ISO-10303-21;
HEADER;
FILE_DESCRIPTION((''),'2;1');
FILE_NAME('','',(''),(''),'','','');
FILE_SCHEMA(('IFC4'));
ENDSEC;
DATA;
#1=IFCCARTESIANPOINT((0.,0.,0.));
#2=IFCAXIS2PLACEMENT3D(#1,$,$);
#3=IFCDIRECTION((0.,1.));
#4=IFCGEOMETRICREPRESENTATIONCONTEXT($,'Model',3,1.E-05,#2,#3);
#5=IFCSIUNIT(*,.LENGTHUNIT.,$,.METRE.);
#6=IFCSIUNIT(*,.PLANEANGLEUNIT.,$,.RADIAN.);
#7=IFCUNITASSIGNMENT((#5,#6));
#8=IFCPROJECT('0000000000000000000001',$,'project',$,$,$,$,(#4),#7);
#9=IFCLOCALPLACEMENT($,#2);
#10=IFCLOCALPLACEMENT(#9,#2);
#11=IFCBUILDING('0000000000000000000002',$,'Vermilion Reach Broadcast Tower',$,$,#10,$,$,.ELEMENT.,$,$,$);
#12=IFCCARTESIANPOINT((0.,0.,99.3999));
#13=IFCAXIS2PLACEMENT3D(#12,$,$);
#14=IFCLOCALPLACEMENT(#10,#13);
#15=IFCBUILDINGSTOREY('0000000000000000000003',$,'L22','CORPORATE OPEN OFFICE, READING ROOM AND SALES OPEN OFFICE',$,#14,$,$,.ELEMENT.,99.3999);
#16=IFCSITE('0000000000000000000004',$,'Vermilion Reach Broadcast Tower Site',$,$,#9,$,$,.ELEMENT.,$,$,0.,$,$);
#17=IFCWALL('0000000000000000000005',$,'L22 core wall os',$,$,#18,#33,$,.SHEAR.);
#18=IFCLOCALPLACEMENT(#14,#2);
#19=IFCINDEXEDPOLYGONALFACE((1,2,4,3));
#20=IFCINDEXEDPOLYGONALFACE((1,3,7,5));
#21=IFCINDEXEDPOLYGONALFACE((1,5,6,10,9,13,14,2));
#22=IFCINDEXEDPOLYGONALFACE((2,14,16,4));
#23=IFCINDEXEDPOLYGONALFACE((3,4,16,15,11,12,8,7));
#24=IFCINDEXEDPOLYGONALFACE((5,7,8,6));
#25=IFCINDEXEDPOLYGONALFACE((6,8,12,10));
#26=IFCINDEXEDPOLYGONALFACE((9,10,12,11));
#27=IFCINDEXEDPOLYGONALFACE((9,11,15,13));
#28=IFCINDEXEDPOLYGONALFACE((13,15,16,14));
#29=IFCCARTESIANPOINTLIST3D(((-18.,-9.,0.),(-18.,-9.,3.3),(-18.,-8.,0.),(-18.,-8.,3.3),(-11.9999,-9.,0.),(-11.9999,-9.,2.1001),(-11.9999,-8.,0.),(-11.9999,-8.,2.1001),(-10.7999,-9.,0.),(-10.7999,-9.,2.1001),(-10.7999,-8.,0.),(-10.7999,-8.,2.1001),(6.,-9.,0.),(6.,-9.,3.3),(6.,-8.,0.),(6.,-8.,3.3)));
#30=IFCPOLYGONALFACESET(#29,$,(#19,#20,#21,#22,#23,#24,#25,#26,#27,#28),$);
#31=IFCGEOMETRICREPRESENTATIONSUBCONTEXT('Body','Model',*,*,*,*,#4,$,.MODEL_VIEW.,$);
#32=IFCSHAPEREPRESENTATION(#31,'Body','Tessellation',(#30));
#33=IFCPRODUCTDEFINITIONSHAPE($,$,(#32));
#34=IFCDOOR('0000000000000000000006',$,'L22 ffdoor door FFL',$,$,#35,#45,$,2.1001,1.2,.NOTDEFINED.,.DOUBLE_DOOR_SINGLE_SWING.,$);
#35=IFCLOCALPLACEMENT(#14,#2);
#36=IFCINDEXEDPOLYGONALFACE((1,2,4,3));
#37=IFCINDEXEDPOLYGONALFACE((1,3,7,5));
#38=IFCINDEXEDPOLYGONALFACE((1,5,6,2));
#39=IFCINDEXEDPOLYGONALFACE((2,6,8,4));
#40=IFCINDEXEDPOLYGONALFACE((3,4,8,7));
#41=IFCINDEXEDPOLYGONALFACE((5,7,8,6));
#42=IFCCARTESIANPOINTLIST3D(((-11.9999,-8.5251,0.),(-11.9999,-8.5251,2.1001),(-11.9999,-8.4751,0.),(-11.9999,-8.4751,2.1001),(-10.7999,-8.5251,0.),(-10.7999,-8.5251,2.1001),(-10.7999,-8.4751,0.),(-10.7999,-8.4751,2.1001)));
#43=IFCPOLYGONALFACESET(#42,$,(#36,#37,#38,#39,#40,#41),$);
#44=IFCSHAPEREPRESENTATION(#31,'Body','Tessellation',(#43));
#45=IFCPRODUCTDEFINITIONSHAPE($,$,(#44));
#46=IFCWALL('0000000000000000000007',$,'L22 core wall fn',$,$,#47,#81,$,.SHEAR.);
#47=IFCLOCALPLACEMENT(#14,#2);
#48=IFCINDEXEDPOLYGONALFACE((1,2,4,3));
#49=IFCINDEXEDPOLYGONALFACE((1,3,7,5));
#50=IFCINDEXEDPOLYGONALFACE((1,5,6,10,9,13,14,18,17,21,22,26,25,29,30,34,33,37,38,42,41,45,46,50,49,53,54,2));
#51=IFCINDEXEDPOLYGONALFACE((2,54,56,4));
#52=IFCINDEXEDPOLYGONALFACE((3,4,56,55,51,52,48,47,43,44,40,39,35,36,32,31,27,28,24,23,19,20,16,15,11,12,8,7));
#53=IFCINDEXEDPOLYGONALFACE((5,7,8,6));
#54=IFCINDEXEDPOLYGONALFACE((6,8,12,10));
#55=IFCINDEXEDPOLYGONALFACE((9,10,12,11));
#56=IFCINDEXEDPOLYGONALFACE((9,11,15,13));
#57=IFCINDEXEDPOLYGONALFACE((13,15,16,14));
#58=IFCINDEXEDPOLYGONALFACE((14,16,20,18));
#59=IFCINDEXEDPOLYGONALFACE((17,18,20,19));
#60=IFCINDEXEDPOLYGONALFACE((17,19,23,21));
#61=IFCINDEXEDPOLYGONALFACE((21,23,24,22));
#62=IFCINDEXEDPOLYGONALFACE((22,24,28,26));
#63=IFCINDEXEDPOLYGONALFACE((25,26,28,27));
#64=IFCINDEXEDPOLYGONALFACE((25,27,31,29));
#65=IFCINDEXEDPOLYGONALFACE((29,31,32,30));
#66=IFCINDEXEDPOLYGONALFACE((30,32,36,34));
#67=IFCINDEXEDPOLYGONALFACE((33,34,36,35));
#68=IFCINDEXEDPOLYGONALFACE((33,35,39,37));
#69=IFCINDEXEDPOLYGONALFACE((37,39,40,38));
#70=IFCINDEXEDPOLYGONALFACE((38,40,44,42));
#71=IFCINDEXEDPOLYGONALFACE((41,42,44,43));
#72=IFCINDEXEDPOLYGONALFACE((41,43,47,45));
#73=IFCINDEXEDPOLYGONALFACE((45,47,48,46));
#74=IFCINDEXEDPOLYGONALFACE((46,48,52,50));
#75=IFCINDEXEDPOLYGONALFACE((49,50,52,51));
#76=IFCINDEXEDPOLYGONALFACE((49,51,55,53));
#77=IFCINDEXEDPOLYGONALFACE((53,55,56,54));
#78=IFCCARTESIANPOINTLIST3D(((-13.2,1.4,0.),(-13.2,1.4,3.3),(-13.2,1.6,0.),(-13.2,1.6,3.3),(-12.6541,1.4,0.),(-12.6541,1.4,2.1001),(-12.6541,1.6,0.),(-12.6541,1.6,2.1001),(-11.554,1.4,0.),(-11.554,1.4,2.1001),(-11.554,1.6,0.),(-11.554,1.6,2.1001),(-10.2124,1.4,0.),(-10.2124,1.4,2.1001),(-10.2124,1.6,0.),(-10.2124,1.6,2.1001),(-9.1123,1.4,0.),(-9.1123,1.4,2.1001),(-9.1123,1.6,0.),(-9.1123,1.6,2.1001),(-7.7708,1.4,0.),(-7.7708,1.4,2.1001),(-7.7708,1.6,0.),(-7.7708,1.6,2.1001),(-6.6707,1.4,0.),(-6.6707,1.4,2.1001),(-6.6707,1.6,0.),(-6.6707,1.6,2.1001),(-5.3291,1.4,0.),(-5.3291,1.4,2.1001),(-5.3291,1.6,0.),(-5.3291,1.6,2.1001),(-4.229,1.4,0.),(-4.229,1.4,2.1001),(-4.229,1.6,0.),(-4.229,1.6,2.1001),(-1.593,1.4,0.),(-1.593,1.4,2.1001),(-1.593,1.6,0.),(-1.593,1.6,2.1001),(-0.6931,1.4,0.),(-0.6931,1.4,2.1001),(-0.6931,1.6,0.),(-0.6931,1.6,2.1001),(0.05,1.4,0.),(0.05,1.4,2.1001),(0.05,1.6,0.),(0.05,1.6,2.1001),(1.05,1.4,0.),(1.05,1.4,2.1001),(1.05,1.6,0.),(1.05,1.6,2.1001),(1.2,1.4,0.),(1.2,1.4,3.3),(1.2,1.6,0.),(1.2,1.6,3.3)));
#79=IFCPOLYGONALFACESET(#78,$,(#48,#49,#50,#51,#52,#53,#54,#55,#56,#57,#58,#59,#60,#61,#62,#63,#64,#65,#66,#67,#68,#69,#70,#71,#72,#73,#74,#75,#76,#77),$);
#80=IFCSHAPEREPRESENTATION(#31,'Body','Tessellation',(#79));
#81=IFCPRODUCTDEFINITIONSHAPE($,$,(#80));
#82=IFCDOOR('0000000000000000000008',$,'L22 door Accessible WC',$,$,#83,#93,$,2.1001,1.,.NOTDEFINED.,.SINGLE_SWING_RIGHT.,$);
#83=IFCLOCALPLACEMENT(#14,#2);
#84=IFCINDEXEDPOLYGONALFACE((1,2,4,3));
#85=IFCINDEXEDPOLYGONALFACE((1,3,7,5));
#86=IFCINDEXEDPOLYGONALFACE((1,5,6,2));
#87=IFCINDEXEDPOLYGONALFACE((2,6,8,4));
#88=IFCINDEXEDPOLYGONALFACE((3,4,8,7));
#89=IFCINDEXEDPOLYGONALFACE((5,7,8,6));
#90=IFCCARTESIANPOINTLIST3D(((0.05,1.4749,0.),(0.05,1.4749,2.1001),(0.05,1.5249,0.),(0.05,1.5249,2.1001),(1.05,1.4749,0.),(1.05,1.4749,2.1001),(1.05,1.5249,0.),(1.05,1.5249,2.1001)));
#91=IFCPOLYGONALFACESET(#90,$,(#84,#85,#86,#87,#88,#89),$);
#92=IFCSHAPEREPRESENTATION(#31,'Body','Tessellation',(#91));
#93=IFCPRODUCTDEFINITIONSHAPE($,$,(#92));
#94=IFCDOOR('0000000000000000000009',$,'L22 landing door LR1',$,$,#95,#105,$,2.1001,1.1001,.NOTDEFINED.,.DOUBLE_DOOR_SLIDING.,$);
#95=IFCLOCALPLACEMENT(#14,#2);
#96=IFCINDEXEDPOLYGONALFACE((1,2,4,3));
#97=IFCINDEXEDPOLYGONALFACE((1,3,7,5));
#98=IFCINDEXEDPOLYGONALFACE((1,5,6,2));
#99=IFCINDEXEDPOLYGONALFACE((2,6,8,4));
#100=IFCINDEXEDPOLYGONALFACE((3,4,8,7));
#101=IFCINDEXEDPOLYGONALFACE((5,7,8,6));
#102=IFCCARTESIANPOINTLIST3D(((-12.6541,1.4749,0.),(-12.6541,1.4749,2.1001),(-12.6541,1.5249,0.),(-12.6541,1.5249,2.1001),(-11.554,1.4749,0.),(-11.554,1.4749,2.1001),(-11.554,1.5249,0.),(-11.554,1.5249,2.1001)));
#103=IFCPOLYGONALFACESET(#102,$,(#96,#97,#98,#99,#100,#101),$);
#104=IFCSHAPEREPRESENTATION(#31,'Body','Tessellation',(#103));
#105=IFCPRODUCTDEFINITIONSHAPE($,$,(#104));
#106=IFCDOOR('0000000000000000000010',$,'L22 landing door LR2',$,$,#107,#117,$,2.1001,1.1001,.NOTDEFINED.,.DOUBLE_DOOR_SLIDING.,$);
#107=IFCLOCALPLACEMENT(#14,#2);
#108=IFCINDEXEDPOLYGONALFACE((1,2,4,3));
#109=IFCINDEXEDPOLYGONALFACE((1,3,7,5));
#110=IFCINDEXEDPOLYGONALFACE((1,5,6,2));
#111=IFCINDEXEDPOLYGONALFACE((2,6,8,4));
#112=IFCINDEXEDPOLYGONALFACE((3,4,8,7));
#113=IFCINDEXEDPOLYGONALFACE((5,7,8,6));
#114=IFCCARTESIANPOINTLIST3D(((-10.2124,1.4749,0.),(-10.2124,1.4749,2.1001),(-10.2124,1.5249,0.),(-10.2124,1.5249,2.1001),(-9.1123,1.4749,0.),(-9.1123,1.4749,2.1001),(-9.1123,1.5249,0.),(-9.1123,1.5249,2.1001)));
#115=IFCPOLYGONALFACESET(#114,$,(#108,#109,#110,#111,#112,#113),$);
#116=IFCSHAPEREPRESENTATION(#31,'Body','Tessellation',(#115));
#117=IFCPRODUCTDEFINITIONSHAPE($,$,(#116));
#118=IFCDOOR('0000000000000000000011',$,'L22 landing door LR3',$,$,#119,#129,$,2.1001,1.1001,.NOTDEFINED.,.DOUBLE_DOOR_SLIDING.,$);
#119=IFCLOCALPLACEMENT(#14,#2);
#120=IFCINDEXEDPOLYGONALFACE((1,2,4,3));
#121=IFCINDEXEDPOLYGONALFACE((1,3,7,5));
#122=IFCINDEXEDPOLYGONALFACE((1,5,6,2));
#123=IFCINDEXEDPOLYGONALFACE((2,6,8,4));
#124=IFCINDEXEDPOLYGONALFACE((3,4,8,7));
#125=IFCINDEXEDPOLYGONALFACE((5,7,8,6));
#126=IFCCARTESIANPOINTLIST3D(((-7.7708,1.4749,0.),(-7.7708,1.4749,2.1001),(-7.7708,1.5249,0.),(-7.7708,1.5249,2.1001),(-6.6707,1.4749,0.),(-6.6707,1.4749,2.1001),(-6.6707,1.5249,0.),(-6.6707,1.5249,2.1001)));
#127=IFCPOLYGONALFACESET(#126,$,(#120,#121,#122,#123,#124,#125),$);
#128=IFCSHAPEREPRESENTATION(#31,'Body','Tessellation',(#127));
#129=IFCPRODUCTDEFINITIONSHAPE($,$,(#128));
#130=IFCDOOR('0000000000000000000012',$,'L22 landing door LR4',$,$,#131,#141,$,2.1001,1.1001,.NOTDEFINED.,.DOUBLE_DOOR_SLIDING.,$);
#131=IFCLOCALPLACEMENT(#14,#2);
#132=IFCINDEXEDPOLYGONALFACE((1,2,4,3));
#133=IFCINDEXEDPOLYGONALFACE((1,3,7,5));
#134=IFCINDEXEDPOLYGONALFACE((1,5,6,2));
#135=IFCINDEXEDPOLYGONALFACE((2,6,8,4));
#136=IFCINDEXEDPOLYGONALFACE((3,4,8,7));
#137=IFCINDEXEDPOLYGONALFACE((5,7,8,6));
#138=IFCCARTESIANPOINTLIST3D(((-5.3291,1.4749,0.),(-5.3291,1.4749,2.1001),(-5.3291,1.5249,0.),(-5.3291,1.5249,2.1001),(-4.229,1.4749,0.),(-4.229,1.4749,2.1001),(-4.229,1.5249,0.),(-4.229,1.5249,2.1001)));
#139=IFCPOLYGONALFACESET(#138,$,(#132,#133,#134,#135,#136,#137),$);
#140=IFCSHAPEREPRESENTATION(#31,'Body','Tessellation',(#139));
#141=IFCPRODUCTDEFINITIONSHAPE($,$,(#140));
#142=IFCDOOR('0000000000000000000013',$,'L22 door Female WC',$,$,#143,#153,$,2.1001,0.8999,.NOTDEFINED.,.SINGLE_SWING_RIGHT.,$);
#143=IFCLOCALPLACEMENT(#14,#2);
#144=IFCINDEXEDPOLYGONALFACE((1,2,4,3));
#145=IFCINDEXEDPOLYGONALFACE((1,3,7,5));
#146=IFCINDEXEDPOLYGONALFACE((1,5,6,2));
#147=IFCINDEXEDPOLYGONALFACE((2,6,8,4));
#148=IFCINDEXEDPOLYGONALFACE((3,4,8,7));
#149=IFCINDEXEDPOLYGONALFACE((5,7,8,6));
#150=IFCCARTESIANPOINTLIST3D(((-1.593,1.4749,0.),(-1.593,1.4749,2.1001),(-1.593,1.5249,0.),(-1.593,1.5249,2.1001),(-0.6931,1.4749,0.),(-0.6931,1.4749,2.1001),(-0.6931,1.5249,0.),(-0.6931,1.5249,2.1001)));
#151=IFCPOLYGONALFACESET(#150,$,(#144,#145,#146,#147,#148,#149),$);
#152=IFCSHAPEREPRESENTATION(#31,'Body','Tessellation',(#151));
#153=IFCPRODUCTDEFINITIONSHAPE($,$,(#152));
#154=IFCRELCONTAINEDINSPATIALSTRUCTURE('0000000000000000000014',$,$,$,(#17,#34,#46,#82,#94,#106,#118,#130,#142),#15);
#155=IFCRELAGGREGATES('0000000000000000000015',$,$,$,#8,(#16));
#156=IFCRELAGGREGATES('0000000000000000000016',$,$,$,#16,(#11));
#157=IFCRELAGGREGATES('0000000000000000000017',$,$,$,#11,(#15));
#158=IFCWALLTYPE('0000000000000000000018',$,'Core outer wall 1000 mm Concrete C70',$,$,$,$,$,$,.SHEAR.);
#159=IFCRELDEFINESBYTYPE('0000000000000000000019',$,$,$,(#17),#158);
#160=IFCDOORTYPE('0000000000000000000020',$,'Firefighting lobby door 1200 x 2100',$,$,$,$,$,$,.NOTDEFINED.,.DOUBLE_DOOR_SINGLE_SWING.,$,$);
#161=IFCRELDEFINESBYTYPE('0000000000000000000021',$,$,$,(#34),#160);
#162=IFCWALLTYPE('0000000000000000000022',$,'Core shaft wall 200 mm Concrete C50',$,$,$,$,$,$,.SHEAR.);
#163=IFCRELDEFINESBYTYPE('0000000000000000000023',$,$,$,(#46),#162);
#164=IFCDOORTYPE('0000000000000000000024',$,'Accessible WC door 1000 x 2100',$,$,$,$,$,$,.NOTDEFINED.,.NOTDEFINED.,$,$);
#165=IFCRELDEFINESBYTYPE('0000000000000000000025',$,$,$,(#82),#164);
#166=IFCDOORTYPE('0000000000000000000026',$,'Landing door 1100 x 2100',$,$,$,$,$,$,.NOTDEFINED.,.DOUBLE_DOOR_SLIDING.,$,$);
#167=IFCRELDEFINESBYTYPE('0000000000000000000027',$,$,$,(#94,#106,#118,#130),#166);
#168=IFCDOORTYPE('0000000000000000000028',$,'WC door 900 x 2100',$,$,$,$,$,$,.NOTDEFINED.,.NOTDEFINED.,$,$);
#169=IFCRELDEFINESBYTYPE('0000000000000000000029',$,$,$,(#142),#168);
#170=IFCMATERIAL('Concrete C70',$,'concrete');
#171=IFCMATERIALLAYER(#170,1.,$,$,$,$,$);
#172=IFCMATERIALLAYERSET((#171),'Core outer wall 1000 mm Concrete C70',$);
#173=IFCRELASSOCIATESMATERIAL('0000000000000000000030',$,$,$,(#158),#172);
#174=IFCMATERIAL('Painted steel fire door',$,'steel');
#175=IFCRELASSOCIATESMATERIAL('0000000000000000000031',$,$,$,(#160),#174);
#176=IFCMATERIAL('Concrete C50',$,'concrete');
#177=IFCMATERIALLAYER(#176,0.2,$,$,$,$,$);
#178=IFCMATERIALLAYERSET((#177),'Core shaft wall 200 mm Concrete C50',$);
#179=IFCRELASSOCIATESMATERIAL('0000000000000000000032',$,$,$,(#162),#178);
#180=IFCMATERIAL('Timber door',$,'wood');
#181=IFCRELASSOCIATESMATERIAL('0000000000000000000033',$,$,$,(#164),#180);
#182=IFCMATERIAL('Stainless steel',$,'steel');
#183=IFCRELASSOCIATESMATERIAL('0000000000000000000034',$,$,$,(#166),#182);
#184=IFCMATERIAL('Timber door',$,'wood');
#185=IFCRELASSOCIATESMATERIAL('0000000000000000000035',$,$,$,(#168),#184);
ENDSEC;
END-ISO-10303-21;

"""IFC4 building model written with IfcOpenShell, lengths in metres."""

from ifc_helpers import new_model, si_unit, direction, frame, frame_2d, origin, place, context, subcontext, project, spatial, rectangle, extrude, material, layer, layer_set, type_object, element, fill, save


model = new_model("IFC4")

# Units and contexts
model_context = context("Model", 3, precision=1e-05, world=origin(), true_north=direction((0.0, 1.0)))
body_context = subcontext(model_context, "Body", "Model", "MODEL_VIEW")
ifc_project = project(units=[si_unit("LENGTHUNIT", "METRE"), si_unit("PLANEANGLEUNIT", "RADIAN")], contexts=[model_context])

# Site, building, storey
site_placement = place(None, origin())
site = spatial("IfcSite", under=ifc_project, at=site_placement, Name="Vermilion Reach Broadcast Tower Site", CompositionType="ELEMENT", RefElevation=0.0)
building_placement = place(site_placement, origin())
building = spatial("IfcBuilding", under=site, at=building_placement, Name="Vermilion Reach Broadcast Tower", CompositionType="ELEMENT")
storey_placement = place(building_placement, frame((0.0, 0.0, 99.3999)))
storey = spatial("IfcBuildingStorey", under=building, at=storey_placement, Name="L22", Description="CORPORATE OPEN OFFICE, READING ROOM AND SALES OPEN OFFICE", CompositionType="ELEMENT", Elevation=99.3999)

# Wall, opening, door
ifc_material_1 = material(Name="Concrete C70", Category="concrete")
ifc_layer_1 = layer(ifc_material_1, 1.0)
ifc_layer_set_1 = layer_set([ifc_layer_1], Name="Core outer wall 1000 mm Concrete C70")
wall_type_1 = type_object("IfcWallType", Name="Core outer wall 1000 mm Concrete C70", PredefinedType="SHEAR", material=ifc_layer_set_1)
wall_1_placement = place(storey_placement, frame((-18.0, -8.5, 0.0), z_axis=(0.0, 0.0, 1.0), x_axis=(1.0, 0.0, 0.0)))
wall_1 = element("IfcWall", 1, at=wall_1_placement, inside=storey, type_object=wall_type_1, Name="L22 core wall os", PredefinedType="SHEAR", context=body_context, shape_type="SweptSolid", body=[
    extrude(rectangle(XDim=24.0, YDim=1.0, at=frame_2d((12.0, 0.0))), origin(), (0.0, 0.0, 1.0), 3.3),
])
opening_1_placement = place(wall_1_placement, frame((6.0, 0.0, 0.0)))
opening_1 = element("IfcOpeningElement", 2, at=opening_1_placement, cuts=wall_1, PredefinedType="OPENING", context=body_context, shape_type="SweptSolid", body=[
    extrude(rectangle(XDim=1.2, YDim=2.1001, at=frame_2d((0.6001, 1.05))), frame((0.0, 0.51, 0.0), z_axis=(0.0, -1.0, 0.0), x_axis=(1.0, 0.0, 0.0)), (0.0, 0.0, 1.0), 1.02),
])
ifc_material_2 = material(Name="Painted steel fire door", Category="steel")
door_type_1 = type_object("IfcDoorType", Name="Firefighting lobby door 1200 x 2100", OperationType="DOUBLE_DOOR_SINGLE_SWING", PredefinedType="NOTDEFINED", material=ifc_material_2)
door_1_placement = place(opening_1_placement, origin())
door_1 = element("IfcDoor", 3, at=door_1_placement, inside=storey, type_object=door_type_1, Name="L22 ffdoor door FFL", OperationType="DOUBLE_DOOR_SINGLE_SWING", OverallHeight=2.1001, OverallWidth=1.2, PredefinedType="NOTDEFINED", context=body_context, shape_type="SweptSolid", body=[
    extrude(rectangle(XDim=1.2, YDim=2.1001, at=frame_2d((0.6001, 1.05))), frame((0.0, 0.0249, 0.0), z_axis=(0.0, -1.0, 0.0), x_axis=(1.0, 0.0, 0.0)), (0.0, 0.0, 1.0), 0.05),
])
fill(opening_1, door_1)

# Wall, openings, doors
ifc_material_3 = material(Name="Concrete C50", Category="concrete")
ifc_layer_2 = layer(ifc_material_3, 0.2)
ifc_layer_set_2 = layer_set([ifc_layer_2], Name="Core shaft wall 200 mm Concrete C50")
wall_type_2 = type_object("IfcWallType", Name="Core shaft wall 200 mm Concrete C50", PredefinedType="SHEAR", material=ifc_layer_set_2)
wall_2_placement = place(storey_placement, frame((-13.2, 1.5, 0.0), z_axis=(0.0, 0.0, 1.0), x_axis=(1.0, 0.0, 0.0)))
wall_2 = element("IfcWall", 4, at=wall_2_placement, inside=storey, type_object=wall_type_2, Name="L22 core wall fn", PredefinedType="SHEAR", context=body_context, shape_type="SweptSolid", body=[
    extrude(rectangle(XDim=14.3999, YDim=0.2, at=frame_2d((7.2, 0.0))), origin(), (0.0, 0.0, 1.0), 3.3),
])
opening_2_placement = place(wall_2_placement, frame((0.5459, 0.0, 0.0)))
opening_2 = element("IfcOpeningElement", 5, at=opening_2_placement, cuts=wall_2, PredefinedType="OPENING", context=body_context, shape_type="SweptSolid", body=[
    extrude(rectangle(XDim=1.1001, YDim=2.1001, at=frame_2d((0.55, 1.05))), frame((0.0, 0.1099, 0.0), z_axis=(0.0, -1.0, 0.0), x_axis=(1.0, 0.0, 0.0)), (0.0, 0.0, 1.0), 0.22),
])
opening_3_placement = place(wall_2_placement, frame((2.9875, 0.0, 0.0)))
opening_3 = element("IfcOpeningElement", 6, at=opening_3_placement, cuts=wall_2, PredefinedType="OPENING", context=body_context, shape_type="SweptSolid", body=[
    extrude(rectangle(XDim=1.1001, YDim=2.1001, at=frame_2d((0.55, 1.05))), frame((0.0, 0.1099, 0.0), z_axis=(0.0, -1.0, 0.0), x_axis=(1.0, 0.0, 0.0)), (0.0, 0.0, 1.0), 0.22),
])
opening_4_placement = place(wall_2_placement, frame((5.4292, 0.0, 0.0)))
opening_4 = element("IfcOpeningElement", 7, at=opening_4_placement, cuts=wall_2, PredefinedType="OPENING", context=body_context, shape_type="SweptSolid", body=[
    extrude(rectangle(XDim=1.1001, YDim=2.1001, at=frame_2d((0.55, 1.05))), frame((0.0, 0.1099, 0.0), z_axis=(0.0, -1.0, 0.0), x_axis=(1.0, 0.0, 0.0)), (0.0, 0.0, 1.0), 0.22),
])
opening_5_placement = place(wall_2_placement, frame((7.8708, 0.0, 0.0)))
opening_5 = element("IfcOpeningElement", 8, at=opening_5_placement, cuts=wall_2, PredefinedType="OPENING", context=body_context, shape_type="SweptSolid", body=[
    extrude(rectangle(XDim=1.1001, YDim=2.1001, at=frame_2d((0.55, 1.05))), frame((0.0, 0.1099, 0.0), z_axis=(0.0, -1.0, 0.0), x_axis=(1.0, 0.0, 0.0)), (0.0, 0.0, 1.0), 0.22),
])
opening_6_placement = place(wall_2_placement, frame((11.6069, 0.0, 0.0)))
opening_6 = element("IfcOpeningElement", 9, at=opening_6_placement, cuts=wall_2, PredefinedType="OPENING", context=body_context, shape_type="SweptSolid", body=[
    extrude(rectangle(XDim=0.8999, YDim=2.1001, at=frame_2d((0.45, 1.05))), frame((0.0, 0.1099, 0.0), z_axis=(0.0, -1.0, 0.0), x_axis=(1.0, 0.0, 0.0)), (0.0, 0.0, 1.0), 0.22),
])
opening_7_placement = place(wall_2_placement, frame((13.25, 0.0, 0.0)))
opening_7 = element("IfcOpeningElement", 10, at=opening_7_placement, cuts=wall_2, PredefinedType="OPENING", context=body_context, shape_type="SweptSolid", body=[
    extrude(rectangle(XDim=1.0, YDim=2.1001, at=frame_2d((0.5, 1.05))), frame((0.0, 0.1099, 0.0), z_axis=(0.0, -1.0, 0.0), x_axis=(1.0, 0.0, 0.0)), (0.0, 0.0, 1.0), 0.22),
])
ifc_material_4 = material(Name="Timber door", Category="wood")
door_type_2 = type_object("IfcDoorType", Name="Accessible WC door 1000 x 2100", OperationType="NOTDEFINED", PredefinedType="NOTDEFINED", material=ifc_material_4)
door_2_placement = place(opening_7_placement, origin())
door_2 = element("IfcDoor", 11, at=door_2_placement, inside=storey, type_object=door_type_2, Name="L22 door Accessible WC", OperationType="SINGLE_SWING_RIGHT", OverallHeight=2.1001, OverallWidth=1.0, PredefinedType="NOTDEFINED", context=body_context, shape_type="SweptSolid", body=[
    extrude(rectangle(XDim=1.0, YDim=2.1001, at=frame_2d((0.5, 1.05))), frame((0.0, 0.0249, 0.0), z_axis=(0.0, -1.0, 0.0), x_axis=(1.0, 0.0, 0.0)), (0.0, 0.0, 1.0), 0.05),
])
fill(opening_7, door_2)
ifc_material_5 = material(Name="Stainless steel", Category="steel")
door_type_3 = type_object("IfcDoorType", Name="Landing door 1100 x 2100", OperationType="DOUBLE_DOOR_SLIDING", PredefinedType="NOTDEFINED", material=ifc_material_5)
door_3_placement = place(opening_2_placement, origin())
door_3 = element("IfcDoor", 12, at=door_3_placement, inside=storey, type_object=door_type_3, Name="L22 landing door LR1", OperationType="DOUBLE_DOOR_SLIDING", OverallHeight=2.1001, OverallWidth=1.1001, PredefinedType="NOTDEFINED", context=body_context, shape_type="SweptSolid", body=[
    extrude(rectangle(XDim=1.1001, YDim=2.1001, at=frame_2d((0.55, 1.05))), frame((0.0, 0.0249, 0.0), z_axis=(0.0, -1.0, 0.0), x_axis=(1.0, 0.0, 0.0)), (0.0, 0.0, 1.0), 0.05),
])
fill(opening_2, door_3)
door_4_placement = place(opening_3_placement, origin())
door_4 = element("IfcDoor", 13, at=door_4_placement, inside=storey, type_object=door_type_3, Name="L22 landing door LR2", OperationType="DOUBLE_DOOR_SLIDING", OverallHeight=2.1001, OverallWidth=1.1001, PredefinedType="NOTDEFINED", context=body_context, shape_type="SweptSolid", body=[
    extrude(rectangle(XDim=1.1001, YDim=2.1001, at=frame_2d((0.55, 1.05))), frame((0.0, 0.0249, 0.0), z_axis=(0.0, -1.0, 0.0), x_axis=(1.0, 0.0, 0.0)), (0.0, 0.0, 1.0), 0.05),
])
fill(opening_3, door_4)
door_5_placement = place(opening_4_placement, origin())
door_5 = element("IfcDoor", 14, at=door_5_placement, inside=storey, type_object=door_type_3, Name="L22 landing door LR3", OperationType="DOUBLE_DOOR_SLIDING", OverallHeight=2.1001, OverallWidth=1.1001, PredefinedType="NOTDEFINED", context=body_context, shape_type="SweptSolid", body=[
    extrude(rectangle(XDim=1.1001, YDim=2.1001, at=frame_2d((0.55, 1.05))), frame((0.0, 0.0249, 0.0), z_axis=(0.0, -1.0, 0.0), x_axis=(1.0, 0.0, 0.0)), (0.0, 0.0, 1.0), 0.05),
])
fill(opening_4, door_5)
door_6_placement = place(opening_5_placement, origin())
door_6 = element("IfcDoor", 15, at=door_6_placement, inside=storey, type_object=door_type_3, Name="L22 landing door LR4", OperationType="DOUBLE_DOOR_SLIDING", OverallHeight=2.1001, OverallWidth=1.1001, PredefinedType="NOTDEFINED", context=body_context, shape_type="SweptSolid", body=[
    extrude(rectangle(XDim=1.1001, YDim=2.1001, at=frame_2d((0.55, 1.05))), frame((0.0, 0.0249, 0.0), z_axis=(0.0, -1.0, 0.0), x_axis=(1.0, 0.0, 0.0)), (0.0, 0.0, 1.0), 0.05),
])
fill(opening_5, door_6)
ifc_material_6 = material(Name="Timber door", Category="wood")
door_type_4 = type_object("IfcDoorType", Name="WC door 900 x 2100", OperationType="NOTDEFINED", PredefinedType="NOTDEFINED", material=ifc_material_6)
door_7_placement = place(opening_6_placement, origin())
door_7 = element("IfcDoor", 16, at=door_7_placement, inside=storey, type_object=door_type_4, Name="L22 door Female WC", OperationType="SINGLE_SWING_RIGHT", OverallHeight=2.1001, OverallWidth=0.8999, PredefinedType="NOTDEFINED", context=body_context, shape_type="SweptSolid", body=[
    extrude(rectangle(XDim=0.8999, YDim=2.1001, at=frame_2d((0.45, 1.05))), frame((0.0, 0.0249, 0.0), z_axis=(0.0, -1.0, 0.0), x_axis=(1.0, 0.0, 0.0)), (0.0, 0.0, 1.0), 0.05),
])
fill(opening_6, door_7)

save(model, "model.ifc")
